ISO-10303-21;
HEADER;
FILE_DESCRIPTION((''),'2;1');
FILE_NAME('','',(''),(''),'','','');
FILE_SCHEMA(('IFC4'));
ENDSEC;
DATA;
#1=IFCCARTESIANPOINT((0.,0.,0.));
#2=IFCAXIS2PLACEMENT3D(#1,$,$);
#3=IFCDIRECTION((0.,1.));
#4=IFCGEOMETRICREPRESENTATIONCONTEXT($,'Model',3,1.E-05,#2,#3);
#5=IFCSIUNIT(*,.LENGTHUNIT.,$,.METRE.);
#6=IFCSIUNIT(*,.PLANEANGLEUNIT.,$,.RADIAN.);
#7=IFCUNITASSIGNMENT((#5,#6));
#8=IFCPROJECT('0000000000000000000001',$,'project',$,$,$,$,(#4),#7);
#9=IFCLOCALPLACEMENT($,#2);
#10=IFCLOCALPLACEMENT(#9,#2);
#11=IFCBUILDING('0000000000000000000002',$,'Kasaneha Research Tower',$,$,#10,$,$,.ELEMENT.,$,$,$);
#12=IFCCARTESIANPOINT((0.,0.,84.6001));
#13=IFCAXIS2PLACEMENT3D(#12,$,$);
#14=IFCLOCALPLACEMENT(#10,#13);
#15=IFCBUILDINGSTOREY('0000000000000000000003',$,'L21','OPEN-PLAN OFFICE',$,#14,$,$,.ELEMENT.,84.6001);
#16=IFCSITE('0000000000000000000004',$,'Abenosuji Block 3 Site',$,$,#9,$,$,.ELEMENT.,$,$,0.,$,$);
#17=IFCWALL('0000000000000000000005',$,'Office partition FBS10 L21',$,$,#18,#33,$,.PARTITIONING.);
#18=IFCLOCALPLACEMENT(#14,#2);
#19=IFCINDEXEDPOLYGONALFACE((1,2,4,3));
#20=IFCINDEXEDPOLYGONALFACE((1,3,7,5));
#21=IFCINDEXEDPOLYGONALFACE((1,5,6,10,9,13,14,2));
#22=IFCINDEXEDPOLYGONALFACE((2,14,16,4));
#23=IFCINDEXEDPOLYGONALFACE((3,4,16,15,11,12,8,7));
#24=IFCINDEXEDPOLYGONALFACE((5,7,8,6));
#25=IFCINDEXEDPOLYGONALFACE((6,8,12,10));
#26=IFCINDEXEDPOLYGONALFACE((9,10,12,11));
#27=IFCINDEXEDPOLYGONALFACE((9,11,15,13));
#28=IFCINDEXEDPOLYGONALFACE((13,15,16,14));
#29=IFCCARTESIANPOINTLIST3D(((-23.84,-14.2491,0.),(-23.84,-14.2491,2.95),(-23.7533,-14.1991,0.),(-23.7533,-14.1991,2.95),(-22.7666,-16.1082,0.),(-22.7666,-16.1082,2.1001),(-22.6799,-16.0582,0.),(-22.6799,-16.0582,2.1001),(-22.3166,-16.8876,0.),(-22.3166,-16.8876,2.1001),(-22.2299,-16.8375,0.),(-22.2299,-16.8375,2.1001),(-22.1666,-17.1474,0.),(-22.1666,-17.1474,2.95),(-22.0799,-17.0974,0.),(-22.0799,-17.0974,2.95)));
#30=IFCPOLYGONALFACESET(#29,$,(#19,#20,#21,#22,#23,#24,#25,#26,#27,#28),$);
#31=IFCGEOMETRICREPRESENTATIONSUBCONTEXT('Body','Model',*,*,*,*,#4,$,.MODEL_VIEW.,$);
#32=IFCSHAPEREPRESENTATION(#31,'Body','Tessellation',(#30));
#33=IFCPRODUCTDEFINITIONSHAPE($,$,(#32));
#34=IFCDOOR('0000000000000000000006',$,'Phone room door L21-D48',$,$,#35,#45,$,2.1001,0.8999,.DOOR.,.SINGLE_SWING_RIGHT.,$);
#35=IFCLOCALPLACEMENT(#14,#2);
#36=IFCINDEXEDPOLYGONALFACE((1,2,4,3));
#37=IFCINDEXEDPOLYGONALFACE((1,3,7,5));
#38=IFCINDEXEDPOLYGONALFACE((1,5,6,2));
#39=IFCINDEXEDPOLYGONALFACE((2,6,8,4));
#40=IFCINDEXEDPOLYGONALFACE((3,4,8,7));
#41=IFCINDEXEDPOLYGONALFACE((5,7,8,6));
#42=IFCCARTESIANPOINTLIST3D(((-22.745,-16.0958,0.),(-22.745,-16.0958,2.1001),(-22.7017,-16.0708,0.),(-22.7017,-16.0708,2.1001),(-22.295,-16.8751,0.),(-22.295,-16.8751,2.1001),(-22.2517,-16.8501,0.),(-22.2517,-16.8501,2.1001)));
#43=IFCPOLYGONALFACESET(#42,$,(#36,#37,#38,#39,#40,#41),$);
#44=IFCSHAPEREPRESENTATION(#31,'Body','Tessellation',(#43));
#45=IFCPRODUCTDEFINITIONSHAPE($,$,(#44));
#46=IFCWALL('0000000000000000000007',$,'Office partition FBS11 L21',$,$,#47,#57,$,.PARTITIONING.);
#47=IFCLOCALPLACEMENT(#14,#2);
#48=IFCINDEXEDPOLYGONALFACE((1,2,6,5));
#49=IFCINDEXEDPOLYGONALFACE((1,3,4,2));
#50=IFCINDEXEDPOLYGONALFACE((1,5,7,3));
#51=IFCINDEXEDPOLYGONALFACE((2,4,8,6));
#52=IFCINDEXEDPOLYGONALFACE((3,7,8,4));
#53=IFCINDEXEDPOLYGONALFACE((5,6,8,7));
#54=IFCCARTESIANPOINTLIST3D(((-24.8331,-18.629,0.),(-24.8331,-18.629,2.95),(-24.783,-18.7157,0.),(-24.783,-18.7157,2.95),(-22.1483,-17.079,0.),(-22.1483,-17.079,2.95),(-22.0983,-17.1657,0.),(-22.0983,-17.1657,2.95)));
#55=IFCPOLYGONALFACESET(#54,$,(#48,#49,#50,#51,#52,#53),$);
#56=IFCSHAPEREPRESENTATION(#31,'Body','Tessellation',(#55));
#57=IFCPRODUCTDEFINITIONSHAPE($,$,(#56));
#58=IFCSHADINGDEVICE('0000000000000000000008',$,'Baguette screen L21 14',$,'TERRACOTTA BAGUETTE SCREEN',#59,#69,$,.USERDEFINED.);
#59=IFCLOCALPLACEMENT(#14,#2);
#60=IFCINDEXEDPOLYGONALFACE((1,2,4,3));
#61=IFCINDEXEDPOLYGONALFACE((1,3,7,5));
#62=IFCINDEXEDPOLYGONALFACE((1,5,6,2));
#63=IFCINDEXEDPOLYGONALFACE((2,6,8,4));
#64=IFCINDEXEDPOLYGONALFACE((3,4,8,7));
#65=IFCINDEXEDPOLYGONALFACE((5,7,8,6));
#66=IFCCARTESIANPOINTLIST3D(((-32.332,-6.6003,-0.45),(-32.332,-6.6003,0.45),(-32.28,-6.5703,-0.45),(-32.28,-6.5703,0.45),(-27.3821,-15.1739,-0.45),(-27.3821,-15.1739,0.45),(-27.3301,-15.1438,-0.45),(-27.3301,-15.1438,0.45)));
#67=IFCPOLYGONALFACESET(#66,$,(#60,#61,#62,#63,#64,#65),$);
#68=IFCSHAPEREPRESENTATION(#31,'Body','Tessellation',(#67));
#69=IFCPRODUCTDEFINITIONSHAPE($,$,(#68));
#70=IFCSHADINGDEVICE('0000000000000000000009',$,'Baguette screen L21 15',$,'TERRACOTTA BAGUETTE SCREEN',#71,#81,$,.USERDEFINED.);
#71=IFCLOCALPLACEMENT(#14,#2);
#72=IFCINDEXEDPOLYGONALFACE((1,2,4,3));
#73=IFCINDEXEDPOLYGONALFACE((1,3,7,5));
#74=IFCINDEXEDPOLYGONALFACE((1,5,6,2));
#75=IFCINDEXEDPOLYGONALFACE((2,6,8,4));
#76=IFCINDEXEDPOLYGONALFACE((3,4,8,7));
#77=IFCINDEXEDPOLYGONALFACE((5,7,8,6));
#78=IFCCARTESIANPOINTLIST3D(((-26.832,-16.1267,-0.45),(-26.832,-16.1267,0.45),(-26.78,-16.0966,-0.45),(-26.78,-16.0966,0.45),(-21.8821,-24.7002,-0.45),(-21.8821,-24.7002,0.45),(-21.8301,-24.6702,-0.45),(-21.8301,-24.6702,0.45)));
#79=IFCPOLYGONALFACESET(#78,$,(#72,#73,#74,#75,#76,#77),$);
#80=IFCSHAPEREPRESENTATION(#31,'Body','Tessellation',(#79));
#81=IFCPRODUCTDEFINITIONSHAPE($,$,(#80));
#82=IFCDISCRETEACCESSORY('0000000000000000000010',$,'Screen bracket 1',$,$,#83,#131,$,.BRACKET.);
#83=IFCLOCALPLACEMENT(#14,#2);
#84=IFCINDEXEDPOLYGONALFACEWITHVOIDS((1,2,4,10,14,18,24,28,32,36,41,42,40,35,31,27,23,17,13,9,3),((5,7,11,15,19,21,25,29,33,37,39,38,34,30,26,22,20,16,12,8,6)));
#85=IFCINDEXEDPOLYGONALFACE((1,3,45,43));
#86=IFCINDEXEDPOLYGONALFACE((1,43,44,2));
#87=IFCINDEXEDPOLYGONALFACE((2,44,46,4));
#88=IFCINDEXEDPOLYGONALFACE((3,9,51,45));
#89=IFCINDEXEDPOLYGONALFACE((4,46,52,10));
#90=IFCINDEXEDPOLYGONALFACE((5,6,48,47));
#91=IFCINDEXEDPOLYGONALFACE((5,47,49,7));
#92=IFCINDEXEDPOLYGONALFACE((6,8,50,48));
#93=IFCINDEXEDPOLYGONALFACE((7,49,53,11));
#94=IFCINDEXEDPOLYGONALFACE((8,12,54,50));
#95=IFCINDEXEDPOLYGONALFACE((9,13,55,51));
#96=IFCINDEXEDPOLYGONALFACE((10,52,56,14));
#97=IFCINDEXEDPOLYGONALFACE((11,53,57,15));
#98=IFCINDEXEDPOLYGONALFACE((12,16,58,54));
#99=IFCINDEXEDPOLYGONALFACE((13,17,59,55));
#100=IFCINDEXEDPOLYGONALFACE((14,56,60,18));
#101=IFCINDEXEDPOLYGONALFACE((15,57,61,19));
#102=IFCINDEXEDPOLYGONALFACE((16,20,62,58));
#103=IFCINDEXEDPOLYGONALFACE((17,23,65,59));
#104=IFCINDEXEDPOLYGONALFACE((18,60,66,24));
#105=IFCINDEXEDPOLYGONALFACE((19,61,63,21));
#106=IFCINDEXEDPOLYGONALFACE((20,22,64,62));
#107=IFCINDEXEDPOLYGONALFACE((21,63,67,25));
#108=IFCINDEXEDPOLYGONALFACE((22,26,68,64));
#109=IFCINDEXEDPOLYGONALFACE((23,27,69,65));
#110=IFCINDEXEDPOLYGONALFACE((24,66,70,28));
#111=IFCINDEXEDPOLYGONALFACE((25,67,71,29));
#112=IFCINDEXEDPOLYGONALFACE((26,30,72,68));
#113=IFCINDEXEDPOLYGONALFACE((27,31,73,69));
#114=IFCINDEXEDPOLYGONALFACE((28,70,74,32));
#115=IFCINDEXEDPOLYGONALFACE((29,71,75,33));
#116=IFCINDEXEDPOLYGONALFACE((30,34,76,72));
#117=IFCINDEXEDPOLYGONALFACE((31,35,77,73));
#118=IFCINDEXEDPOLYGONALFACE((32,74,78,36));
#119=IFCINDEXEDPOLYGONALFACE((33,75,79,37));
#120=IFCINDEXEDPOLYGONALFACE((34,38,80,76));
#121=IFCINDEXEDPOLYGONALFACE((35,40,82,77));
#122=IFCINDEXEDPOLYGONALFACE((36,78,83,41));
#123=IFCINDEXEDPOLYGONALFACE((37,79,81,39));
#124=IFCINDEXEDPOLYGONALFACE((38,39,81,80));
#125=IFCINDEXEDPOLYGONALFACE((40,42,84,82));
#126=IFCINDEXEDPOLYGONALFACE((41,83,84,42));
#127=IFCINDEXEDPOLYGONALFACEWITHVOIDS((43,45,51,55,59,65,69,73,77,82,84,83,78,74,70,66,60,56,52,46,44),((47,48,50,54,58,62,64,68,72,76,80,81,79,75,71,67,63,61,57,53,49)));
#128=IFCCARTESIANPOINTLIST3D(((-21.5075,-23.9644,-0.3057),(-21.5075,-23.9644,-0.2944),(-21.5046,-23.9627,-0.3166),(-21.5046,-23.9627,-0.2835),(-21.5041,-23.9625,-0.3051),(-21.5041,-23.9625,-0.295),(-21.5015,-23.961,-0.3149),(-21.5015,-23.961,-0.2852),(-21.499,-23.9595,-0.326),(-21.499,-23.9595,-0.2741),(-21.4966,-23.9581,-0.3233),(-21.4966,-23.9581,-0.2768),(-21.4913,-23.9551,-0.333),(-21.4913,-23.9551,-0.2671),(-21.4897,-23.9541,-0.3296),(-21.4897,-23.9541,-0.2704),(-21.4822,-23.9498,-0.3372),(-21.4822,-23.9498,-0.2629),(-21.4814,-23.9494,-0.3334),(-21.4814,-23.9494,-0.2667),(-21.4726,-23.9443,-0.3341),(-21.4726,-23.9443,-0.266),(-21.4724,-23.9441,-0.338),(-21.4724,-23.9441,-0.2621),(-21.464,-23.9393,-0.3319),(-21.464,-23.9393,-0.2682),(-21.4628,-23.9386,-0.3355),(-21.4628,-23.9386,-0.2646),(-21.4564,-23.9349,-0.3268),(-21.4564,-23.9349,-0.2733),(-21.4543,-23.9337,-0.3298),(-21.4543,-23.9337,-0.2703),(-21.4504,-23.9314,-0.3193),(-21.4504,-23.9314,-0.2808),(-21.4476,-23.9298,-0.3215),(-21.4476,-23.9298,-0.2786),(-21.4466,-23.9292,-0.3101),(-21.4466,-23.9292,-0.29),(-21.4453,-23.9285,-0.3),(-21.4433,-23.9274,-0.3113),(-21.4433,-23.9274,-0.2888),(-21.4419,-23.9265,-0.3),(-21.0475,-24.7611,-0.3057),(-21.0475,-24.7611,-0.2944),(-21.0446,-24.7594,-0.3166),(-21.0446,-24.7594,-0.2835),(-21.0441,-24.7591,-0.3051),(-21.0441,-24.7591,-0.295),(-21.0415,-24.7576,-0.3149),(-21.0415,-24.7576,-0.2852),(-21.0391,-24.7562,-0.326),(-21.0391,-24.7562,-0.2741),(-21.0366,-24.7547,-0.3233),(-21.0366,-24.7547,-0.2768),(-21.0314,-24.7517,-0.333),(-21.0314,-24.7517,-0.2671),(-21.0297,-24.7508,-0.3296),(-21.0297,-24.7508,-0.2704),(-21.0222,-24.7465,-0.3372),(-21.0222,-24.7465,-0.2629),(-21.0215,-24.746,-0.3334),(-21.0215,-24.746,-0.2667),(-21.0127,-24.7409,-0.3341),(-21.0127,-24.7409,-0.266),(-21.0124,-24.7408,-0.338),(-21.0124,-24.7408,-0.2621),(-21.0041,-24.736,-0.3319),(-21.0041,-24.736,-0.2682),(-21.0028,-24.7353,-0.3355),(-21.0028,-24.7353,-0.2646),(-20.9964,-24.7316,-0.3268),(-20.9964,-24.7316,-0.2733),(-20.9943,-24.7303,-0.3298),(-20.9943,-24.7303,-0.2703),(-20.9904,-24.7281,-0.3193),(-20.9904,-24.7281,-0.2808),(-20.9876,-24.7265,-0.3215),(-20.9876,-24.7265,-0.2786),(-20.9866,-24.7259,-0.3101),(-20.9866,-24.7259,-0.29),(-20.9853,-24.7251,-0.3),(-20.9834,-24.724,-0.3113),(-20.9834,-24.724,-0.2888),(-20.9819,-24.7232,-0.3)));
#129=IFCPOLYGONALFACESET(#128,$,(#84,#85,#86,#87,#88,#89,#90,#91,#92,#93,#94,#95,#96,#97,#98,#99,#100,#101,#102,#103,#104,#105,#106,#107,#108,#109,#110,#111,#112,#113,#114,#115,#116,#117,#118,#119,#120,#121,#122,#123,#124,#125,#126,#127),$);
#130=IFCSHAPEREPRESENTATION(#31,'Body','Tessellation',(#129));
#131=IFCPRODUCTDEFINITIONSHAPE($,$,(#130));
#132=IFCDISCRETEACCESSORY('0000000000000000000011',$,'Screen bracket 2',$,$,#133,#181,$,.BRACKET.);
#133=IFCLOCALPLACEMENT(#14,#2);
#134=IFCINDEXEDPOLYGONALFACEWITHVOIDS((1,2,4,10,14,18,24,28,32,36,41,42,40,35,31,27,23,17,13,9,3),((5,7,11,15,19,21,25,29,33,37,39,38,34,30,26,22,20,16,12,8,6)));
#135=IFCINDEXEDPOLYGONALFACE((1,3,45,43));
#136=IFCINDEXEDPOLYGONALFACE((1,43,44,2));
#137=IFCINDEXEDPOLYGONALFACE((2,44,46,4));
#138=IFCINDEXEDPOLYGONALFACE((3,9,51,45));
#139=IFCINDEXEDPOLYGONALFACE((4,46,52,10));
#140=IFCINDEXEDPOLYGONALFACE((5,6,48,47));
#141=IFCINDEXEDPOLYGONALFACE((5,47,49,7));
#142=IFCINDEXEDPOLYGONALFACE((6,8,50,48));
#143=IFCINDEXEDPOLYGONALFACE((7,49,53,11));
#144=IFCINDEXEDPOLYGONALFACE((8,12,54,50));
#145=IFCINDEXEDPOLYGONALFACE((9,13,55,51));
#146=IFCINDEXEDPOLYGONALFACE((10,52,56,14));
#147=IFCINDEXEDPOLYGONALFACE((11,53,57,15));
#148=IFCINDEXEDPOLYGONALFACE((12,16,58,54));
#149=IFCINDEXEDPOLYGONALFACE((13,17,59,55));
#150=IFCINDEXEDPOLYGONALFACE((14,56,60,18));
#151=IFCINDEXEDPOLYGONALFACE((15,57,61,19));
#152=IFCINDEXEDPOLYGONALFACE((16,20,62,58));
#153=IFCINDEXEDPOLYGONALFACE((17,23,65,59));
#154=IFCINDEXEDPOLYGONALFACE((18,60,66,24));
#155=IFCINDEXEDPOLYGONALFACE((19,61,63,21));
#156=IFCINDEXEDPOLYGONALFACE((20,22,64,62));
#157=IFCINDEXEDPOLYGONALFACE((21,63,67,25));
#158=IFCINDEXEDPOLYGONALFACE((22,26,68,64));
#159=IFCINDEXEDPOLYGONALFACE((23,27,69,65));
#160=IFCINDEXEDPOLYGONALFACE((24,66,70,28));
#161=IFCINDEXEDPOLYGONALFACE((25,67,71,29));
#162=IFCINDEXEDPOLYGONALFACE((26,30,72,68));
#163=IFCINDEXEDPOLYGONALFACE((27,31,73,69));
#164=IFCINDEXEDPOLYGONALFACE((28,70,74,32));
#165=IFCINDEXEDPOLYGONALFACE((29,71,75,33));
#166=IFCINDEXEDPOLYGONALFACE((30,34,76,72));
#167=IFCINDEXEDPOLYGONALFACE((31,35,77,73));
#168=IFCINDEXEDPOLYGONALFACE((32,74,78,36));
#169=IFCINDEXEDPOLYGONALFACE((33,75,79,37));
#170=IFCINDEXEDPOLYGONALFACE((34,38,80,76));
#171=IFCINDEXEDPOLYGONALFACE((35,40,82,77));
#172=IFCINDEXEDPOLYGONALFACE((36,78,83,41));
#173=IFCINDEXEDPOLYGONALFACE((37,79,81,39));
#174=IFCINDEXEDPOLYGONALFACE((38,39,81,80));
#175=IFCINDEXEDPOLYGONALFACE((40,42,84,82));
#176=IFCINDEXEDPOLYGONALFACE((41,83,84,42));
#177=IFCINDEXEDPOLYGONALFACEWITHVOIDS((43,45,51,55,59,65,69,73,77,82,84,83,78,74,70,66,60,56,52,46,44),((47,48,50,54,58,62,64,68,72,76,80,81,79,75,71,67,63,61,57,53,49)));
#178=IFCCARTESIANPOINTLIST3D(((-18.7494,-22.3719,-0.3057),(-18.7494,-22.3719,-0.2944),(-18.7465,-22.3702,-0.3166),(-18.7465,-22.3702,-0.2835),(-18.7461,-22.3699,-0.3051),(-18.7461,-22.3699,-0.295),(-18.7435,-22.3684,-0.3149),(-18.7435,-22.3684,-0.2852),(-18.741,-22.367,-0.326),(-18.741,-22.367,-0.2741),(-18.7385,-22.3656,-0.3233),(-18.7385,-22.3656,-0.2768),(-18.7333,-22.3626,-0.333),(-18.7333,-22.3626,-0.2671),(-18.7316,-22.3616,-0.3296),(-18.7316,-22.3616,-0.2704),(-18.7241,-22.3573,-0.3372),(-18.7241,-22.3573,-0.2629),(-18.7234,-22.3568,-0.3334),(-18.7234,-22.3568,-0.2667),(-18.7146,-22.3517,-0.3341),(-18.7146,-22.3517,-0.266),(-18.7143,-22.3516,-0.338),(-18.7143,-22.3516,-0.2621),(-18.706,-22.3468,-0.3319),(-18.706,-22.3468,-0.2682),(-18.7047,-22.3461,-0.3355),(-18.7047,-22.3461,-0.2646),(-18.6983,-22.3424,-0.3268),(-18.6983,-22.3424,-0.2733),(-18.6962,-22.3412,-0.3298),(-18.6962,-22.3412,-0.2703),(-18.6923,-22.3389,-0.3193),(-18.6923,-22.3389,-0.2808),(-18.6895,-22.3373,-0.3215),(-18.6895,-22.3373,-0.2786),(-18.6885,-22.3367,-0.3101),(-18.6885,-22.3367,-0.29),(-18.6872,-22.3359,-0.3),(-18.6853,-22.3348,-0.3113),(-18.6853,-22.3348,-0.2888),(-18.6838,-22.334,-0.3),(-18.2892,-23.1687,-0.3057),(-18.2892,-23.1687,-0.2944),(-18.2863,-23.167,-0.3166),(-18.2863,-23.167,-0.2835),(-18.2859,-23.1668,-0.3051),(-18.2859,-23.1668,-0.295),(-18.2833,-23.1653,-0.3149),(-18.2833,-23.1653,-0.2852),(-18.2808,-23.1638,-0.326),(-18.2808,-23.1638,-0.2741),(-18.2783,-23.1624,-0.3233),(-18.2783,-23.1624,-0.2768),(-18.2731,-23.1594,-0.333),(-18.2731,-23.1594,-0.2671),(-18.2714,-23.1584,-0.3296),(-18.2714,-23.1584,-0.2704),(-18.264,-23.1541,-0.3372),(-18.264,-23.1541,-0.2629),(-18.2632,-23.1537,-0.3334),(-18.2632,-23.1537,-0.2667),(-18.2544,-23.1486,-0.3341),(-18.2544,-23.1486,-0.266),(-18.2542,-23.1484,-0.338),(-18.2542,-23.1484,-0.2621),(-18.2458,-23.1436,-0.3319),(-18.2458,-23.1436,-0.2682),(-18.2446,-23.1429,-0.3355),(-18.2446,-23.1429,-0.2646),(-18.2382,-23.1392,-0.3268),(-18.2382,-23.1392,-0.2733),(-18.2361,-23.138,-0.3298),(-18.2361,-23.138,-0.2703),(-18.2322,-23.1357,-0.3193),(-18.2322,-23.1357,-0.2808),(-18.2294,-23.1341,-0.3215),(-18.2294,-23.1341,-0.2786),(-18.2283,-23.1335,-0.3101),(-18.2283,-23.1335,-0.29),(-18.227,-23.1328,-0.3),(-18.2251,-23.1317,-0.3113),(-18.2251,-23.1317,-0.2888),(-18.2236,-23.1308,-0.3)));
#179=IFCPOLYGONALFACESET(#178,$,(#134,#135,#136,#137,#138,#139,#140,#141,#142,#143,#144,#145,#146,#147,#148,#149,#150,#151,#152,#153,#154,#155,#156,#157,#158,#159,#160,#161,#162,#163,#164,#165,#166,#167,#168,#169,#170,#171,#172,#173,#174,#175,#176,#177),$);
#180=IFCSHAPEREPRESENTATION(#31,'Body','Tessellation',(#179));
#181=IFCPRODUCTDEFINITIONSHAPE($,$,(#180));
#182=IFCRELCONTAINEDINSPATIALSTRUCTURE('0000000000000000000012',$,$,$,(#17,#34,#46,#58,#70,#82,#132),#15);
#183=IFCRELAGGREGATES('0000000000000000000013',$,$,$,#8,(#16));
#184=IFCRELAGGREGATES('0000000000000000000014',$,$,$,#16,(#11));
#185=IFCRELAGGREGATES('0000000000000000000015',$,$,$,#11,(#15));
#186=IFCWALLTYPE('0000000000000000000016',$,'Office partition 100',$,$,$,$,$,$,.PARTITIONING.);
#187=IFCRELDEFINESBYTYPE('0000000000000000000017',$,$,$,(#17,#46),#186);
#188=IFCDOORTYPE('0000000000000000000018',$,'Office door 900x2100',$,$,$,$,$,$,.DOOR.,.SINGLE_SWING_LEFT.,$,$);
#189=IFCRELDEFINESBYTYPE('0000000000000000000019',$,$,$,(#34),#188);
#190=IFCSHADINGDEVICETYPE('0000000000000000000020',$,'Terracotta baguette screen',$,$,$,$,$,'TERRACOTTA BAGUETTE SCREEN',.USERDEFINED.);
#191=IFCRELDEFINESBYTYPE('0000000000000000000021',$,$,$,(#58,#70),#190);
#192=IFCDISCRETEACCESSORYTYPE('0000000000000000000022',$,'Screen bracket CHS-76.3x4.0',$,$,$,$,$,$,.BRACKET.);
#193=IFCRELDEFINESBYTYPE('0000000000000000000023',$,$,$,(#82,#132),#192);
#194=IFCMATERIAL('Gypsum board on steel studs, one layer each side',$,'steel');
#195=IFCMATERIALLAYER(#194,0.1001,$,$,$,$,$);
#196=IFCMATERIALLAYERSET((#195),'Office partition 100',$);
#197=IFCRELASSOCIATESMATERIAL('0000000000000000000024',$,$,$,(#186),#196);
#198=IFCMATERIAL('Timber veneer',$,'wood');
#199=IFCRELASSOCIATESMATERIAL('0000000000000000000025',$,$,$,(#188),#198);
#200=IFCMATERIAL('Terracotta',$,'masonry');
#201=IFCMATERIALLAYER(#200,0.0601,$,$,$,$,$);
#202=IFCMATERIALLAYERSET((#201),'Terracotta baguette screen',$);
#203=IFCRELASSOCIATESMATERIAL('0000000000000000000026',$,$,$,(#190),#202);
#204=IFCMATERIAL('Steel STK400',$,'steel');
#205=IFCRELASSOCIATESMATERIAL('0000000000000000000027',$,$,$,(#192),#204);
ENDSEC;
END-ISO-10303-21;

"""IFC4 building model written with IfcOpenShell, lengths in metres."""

from ifc_helpers import new_model, si_unit, direction, frame, frame_2d, origin, origin_2d, place, context, subcontext, project, spatial, rectangle, hollow_circle, extrude, material, layer, layer_set, material_profile, profile_set, type_object, element, fill, save


model = new_model("IFC4")

# Units and contexts
model_context = context("Model", 3, precision=1e-05, world=origin(), true_north=direction((0.0, 1.0)))
body_context = subcontext(model_context, "Body", "Model", "MODEL_VIEW")
ifc_project = project(units=[si_unit("LENGTHUNIT", "METRE"), si_unit("PLANEANGLEUNIT", "RADIAN")], contexts=[model_context])

# Site, building, storey
site_placement = place(None, origin())
site = spatial("IfcSite", under=ifc_project, at=site_placement, Name="Abenosuji Block 3 Site", CompositionType="ELEMENT", RefElevation=0.0)
building_placement = place(site_placement, origin())
building = spatial("IfcBuilding", under=site, at=building_placement, Name="Kasaneha Research Tower", CompositionType="ELEMENT")
storey_placement = place(building_placement, frame((0.0, 0.0, 84.6001)))
storey = spatial("IfcBuildingStorey", under=building, at=storey_placement, Name="L21", Description="OPEN-PLAN OFFICE", CompositionType="ELEMENT", Elevation=84.6001)

# Shared definitions
ifc_material_1 = material(Name="Gypsum board on steel studs, one layer each side", Category="steel")
ifc_layer_1 = layer(ifc_material_1, 0.1001)
ifc_layer_set_1 = layer_set([ifc_layer_1], Name="Office partition 100")
wall_type = type_object("IfcWallType", Name="Office partition 100", PredefinedType="PARTITIONING", material=ifc_layer_set_1)
ifc_material_2 = material(Name="Timber veneer", Category="wood")
door_type = type_object("IfcDoorType", Name="Office door 900x2100", OperationType="SINGLE_SWING_LEFT", PredefinedType="DOOR", material=ifc_material_2)

# Wall, opening, door
wall_1_placement = place(storey_placement, frame((-23.7966, -14.2241, 0.0), z_axis=(0.0, 0.0, 1.0), x_axis=(0.500015, -0.866017, 0.0)))
wall_1 = element("IfcWall", 1, at=wall_1_placement, inside=storey, type_object=wall_type, Name="Office partition FBS10 L21", PredefinedType="PARTITIONING", context=body_context, shape_type="SweptSolid", body=[
    extrude(rectangle(XDim=3.3467, YDim=0.1001, at=frame_2d((1.6733, 0.0))), origin(), (0.0, 0.0, 1.0), 2.95),
])
opening_1_placement = place(wall_1_placement, frame((2.1467, 0.0, 0.0)))
opening_1 = element("IfcOpeningElement", 2, at=opening_1_placement, cuts=wall_1, PredefinedType="OPENING", context=body_context, shape_type="SweptSolid", body=[
    extrude(rectangle(XDim=0.8999, YDim=2.1001, at=frame_2d((0.45, 1.05))), frame((0.0, 0.0601, 0.0), z_axis=(0.0, -1.0, 0.0), x_axis=(1.0, 0.0, 0.0)), (0.0, 0.0, 1.0), 0.1201),
])
door_1_placement = place(opening_1_placement, origin())
door_1 = element("IfcDoor", 3, at=door_1_placement, inside=storey, type_object=door_type, Name="Phone room door L21-D48", OperationType="SINGLE_SWING_RIGHT", OverallHeight=2.1001, OverallWidth=0.8999, PredefinedType="DOOR", context=body_context, shape_type="SweptSolid", body=[
    extrude(rectangle(XDim=0.8999, YDim=2.1001, at=frame_2d((0.45, 1.05))), frame((0.0, 0.0249, 0.0), z_axis=(0.0, -1.0, 0.0), x_axis=(1.0, 0.0, 0.0)), (0.0, 0.0, 1.0), 0.05),
])
fill(opening_1, door_1)

# Wall
wall_2_placement = place(storey_placement, frame((-22.1233, -17.1223, 0.0), z_axis=(0.0, 0.0, 1.0), x_axis=(-0.86603, -0.499993, 0.0)))
element("IfcWall", 4, at=wall_2_placement, inside=storey, type_object=wall_type, Name="Office partition FBS11 L21", PredefinedType="PARTITIONING", context=body_context, shape_type="SweptSolid", body=[
    extrude(rectangle(XDim=3.1001, YDim=0.1001, at=frame_2d((1.55, 0.0))), origin(), (0.0, 0.0, 1.0), 2.95),
])

# Shading devices
ifc_material_3 = material(Name="Terracotta", Category="masonry")
ifc_layer_2 = layer(ifc_material_3, 0.0601)
ifc_layer_set_2 = layer_set([ifc_layer_2], Name="Terracotta baguette screen")
shading_device_type = type_object("IfcShadingDeviceType", Name="Terracotta baguette screen", ElementType="TERRACOTTA BAGUETTE SCREEN", PredefinedType="USERDEFINED", material=ifc_layer_set_2)
for number, where, z_axis, x_axis, name in (
    (5, (-29.8311, -10.8721, -0.45), (0.0, 0.0, 1.0), (0.5, -0.866025, 0.0), "Baguette screen L21 14"),
    (6, (-24.3311, -20.3984, -0.45), (0.0, 0.0, 1.0), (0.5, -0.866025, 0.0), "Baguette screen L21 15"),
):
    element("IfcShadingDevice", number, at=place(storey_placement, frame(where, z_axis=z_axis, x_axis=x_axis)), inside=storey, type_object=shading_device_type, Name=name, ObjectType="TERRACOTTA BAGUETTE SCREEN", PredefinedType="USERDEFINED", context=body_context, shape_type="SweptSolid", body=[
        extrude(rectangle(XDim=9.8999, YDim=0.0601, at=origin_2d()), origin(), (0.0, 0.0, 1.0), 0.8999),
    ])

# Discrete accessories
ifc_material_4 = material(Name="Steel STK400", Category="steel")
ifc_material_profile_1 = material_profile(ifc_material_4, hollow_circle(Radius=0.0381, WallThickness=0.0039, at=origin_2d()), Name="CHS-76.3x4.0")
ifc_profile_set_1 = profile_set([ifc_material_profile_1], Name="Steel STK400")
discrete_accessory_type = type_object("IfcDiscreteAccessoryType", Name="Screen bracket CHS-76.3x4.0", PredefinedType="BRACKET", material=ifc_profile_set_1)
discrete_accessory_1_placement = place(storey_placement, frame((-21.4749, -23.9456, -0.3), z_axis=(0.500021, -0.866013, 0.0), x_axis=(0.866013, 0.500021, 0.0)))
element("IfcDiscreteAccessory", 7, at=discrete_accessory_1_placement, inside=storey, type_object=discrete_accessory_type, Name="Screen bracket 1", PredefinedType="BRACKET", context=body_context, shape_type="SweptSolid", body=[
    extrude(hollow_circle(Radius=0.0381, WallThickness=0.0039, at=origin_2d()), origin(), (0.0, 0.0, 1.0), 0.9199),
])
for number, where, z_axis, x_axis, name in (
    (8, (-18.7168, -22.353, -0.3), (0.500105, -0.865965, 0.0), (0.865965, 0.500105, 0.0), "Screen bracket 2"),
):
    element("IfcDiscreteAccessory", number, at=place(storey_placement, frame(where, z_axis=z_axis, x_axis=x_axis)), inside=storey, type_object=discrete_accessory_type, Name=name, PredefinedType="BRACKET", context=body_context, shape_type="SweptSolid", body=[
        extrude(hollow_circle(Radius=0.0381, WallThickness=0.0039, at=origin_2d()), origin(), (0.0, 0.0, 1.0), 0.9202),
    ])

save(model, "model.ifc")
